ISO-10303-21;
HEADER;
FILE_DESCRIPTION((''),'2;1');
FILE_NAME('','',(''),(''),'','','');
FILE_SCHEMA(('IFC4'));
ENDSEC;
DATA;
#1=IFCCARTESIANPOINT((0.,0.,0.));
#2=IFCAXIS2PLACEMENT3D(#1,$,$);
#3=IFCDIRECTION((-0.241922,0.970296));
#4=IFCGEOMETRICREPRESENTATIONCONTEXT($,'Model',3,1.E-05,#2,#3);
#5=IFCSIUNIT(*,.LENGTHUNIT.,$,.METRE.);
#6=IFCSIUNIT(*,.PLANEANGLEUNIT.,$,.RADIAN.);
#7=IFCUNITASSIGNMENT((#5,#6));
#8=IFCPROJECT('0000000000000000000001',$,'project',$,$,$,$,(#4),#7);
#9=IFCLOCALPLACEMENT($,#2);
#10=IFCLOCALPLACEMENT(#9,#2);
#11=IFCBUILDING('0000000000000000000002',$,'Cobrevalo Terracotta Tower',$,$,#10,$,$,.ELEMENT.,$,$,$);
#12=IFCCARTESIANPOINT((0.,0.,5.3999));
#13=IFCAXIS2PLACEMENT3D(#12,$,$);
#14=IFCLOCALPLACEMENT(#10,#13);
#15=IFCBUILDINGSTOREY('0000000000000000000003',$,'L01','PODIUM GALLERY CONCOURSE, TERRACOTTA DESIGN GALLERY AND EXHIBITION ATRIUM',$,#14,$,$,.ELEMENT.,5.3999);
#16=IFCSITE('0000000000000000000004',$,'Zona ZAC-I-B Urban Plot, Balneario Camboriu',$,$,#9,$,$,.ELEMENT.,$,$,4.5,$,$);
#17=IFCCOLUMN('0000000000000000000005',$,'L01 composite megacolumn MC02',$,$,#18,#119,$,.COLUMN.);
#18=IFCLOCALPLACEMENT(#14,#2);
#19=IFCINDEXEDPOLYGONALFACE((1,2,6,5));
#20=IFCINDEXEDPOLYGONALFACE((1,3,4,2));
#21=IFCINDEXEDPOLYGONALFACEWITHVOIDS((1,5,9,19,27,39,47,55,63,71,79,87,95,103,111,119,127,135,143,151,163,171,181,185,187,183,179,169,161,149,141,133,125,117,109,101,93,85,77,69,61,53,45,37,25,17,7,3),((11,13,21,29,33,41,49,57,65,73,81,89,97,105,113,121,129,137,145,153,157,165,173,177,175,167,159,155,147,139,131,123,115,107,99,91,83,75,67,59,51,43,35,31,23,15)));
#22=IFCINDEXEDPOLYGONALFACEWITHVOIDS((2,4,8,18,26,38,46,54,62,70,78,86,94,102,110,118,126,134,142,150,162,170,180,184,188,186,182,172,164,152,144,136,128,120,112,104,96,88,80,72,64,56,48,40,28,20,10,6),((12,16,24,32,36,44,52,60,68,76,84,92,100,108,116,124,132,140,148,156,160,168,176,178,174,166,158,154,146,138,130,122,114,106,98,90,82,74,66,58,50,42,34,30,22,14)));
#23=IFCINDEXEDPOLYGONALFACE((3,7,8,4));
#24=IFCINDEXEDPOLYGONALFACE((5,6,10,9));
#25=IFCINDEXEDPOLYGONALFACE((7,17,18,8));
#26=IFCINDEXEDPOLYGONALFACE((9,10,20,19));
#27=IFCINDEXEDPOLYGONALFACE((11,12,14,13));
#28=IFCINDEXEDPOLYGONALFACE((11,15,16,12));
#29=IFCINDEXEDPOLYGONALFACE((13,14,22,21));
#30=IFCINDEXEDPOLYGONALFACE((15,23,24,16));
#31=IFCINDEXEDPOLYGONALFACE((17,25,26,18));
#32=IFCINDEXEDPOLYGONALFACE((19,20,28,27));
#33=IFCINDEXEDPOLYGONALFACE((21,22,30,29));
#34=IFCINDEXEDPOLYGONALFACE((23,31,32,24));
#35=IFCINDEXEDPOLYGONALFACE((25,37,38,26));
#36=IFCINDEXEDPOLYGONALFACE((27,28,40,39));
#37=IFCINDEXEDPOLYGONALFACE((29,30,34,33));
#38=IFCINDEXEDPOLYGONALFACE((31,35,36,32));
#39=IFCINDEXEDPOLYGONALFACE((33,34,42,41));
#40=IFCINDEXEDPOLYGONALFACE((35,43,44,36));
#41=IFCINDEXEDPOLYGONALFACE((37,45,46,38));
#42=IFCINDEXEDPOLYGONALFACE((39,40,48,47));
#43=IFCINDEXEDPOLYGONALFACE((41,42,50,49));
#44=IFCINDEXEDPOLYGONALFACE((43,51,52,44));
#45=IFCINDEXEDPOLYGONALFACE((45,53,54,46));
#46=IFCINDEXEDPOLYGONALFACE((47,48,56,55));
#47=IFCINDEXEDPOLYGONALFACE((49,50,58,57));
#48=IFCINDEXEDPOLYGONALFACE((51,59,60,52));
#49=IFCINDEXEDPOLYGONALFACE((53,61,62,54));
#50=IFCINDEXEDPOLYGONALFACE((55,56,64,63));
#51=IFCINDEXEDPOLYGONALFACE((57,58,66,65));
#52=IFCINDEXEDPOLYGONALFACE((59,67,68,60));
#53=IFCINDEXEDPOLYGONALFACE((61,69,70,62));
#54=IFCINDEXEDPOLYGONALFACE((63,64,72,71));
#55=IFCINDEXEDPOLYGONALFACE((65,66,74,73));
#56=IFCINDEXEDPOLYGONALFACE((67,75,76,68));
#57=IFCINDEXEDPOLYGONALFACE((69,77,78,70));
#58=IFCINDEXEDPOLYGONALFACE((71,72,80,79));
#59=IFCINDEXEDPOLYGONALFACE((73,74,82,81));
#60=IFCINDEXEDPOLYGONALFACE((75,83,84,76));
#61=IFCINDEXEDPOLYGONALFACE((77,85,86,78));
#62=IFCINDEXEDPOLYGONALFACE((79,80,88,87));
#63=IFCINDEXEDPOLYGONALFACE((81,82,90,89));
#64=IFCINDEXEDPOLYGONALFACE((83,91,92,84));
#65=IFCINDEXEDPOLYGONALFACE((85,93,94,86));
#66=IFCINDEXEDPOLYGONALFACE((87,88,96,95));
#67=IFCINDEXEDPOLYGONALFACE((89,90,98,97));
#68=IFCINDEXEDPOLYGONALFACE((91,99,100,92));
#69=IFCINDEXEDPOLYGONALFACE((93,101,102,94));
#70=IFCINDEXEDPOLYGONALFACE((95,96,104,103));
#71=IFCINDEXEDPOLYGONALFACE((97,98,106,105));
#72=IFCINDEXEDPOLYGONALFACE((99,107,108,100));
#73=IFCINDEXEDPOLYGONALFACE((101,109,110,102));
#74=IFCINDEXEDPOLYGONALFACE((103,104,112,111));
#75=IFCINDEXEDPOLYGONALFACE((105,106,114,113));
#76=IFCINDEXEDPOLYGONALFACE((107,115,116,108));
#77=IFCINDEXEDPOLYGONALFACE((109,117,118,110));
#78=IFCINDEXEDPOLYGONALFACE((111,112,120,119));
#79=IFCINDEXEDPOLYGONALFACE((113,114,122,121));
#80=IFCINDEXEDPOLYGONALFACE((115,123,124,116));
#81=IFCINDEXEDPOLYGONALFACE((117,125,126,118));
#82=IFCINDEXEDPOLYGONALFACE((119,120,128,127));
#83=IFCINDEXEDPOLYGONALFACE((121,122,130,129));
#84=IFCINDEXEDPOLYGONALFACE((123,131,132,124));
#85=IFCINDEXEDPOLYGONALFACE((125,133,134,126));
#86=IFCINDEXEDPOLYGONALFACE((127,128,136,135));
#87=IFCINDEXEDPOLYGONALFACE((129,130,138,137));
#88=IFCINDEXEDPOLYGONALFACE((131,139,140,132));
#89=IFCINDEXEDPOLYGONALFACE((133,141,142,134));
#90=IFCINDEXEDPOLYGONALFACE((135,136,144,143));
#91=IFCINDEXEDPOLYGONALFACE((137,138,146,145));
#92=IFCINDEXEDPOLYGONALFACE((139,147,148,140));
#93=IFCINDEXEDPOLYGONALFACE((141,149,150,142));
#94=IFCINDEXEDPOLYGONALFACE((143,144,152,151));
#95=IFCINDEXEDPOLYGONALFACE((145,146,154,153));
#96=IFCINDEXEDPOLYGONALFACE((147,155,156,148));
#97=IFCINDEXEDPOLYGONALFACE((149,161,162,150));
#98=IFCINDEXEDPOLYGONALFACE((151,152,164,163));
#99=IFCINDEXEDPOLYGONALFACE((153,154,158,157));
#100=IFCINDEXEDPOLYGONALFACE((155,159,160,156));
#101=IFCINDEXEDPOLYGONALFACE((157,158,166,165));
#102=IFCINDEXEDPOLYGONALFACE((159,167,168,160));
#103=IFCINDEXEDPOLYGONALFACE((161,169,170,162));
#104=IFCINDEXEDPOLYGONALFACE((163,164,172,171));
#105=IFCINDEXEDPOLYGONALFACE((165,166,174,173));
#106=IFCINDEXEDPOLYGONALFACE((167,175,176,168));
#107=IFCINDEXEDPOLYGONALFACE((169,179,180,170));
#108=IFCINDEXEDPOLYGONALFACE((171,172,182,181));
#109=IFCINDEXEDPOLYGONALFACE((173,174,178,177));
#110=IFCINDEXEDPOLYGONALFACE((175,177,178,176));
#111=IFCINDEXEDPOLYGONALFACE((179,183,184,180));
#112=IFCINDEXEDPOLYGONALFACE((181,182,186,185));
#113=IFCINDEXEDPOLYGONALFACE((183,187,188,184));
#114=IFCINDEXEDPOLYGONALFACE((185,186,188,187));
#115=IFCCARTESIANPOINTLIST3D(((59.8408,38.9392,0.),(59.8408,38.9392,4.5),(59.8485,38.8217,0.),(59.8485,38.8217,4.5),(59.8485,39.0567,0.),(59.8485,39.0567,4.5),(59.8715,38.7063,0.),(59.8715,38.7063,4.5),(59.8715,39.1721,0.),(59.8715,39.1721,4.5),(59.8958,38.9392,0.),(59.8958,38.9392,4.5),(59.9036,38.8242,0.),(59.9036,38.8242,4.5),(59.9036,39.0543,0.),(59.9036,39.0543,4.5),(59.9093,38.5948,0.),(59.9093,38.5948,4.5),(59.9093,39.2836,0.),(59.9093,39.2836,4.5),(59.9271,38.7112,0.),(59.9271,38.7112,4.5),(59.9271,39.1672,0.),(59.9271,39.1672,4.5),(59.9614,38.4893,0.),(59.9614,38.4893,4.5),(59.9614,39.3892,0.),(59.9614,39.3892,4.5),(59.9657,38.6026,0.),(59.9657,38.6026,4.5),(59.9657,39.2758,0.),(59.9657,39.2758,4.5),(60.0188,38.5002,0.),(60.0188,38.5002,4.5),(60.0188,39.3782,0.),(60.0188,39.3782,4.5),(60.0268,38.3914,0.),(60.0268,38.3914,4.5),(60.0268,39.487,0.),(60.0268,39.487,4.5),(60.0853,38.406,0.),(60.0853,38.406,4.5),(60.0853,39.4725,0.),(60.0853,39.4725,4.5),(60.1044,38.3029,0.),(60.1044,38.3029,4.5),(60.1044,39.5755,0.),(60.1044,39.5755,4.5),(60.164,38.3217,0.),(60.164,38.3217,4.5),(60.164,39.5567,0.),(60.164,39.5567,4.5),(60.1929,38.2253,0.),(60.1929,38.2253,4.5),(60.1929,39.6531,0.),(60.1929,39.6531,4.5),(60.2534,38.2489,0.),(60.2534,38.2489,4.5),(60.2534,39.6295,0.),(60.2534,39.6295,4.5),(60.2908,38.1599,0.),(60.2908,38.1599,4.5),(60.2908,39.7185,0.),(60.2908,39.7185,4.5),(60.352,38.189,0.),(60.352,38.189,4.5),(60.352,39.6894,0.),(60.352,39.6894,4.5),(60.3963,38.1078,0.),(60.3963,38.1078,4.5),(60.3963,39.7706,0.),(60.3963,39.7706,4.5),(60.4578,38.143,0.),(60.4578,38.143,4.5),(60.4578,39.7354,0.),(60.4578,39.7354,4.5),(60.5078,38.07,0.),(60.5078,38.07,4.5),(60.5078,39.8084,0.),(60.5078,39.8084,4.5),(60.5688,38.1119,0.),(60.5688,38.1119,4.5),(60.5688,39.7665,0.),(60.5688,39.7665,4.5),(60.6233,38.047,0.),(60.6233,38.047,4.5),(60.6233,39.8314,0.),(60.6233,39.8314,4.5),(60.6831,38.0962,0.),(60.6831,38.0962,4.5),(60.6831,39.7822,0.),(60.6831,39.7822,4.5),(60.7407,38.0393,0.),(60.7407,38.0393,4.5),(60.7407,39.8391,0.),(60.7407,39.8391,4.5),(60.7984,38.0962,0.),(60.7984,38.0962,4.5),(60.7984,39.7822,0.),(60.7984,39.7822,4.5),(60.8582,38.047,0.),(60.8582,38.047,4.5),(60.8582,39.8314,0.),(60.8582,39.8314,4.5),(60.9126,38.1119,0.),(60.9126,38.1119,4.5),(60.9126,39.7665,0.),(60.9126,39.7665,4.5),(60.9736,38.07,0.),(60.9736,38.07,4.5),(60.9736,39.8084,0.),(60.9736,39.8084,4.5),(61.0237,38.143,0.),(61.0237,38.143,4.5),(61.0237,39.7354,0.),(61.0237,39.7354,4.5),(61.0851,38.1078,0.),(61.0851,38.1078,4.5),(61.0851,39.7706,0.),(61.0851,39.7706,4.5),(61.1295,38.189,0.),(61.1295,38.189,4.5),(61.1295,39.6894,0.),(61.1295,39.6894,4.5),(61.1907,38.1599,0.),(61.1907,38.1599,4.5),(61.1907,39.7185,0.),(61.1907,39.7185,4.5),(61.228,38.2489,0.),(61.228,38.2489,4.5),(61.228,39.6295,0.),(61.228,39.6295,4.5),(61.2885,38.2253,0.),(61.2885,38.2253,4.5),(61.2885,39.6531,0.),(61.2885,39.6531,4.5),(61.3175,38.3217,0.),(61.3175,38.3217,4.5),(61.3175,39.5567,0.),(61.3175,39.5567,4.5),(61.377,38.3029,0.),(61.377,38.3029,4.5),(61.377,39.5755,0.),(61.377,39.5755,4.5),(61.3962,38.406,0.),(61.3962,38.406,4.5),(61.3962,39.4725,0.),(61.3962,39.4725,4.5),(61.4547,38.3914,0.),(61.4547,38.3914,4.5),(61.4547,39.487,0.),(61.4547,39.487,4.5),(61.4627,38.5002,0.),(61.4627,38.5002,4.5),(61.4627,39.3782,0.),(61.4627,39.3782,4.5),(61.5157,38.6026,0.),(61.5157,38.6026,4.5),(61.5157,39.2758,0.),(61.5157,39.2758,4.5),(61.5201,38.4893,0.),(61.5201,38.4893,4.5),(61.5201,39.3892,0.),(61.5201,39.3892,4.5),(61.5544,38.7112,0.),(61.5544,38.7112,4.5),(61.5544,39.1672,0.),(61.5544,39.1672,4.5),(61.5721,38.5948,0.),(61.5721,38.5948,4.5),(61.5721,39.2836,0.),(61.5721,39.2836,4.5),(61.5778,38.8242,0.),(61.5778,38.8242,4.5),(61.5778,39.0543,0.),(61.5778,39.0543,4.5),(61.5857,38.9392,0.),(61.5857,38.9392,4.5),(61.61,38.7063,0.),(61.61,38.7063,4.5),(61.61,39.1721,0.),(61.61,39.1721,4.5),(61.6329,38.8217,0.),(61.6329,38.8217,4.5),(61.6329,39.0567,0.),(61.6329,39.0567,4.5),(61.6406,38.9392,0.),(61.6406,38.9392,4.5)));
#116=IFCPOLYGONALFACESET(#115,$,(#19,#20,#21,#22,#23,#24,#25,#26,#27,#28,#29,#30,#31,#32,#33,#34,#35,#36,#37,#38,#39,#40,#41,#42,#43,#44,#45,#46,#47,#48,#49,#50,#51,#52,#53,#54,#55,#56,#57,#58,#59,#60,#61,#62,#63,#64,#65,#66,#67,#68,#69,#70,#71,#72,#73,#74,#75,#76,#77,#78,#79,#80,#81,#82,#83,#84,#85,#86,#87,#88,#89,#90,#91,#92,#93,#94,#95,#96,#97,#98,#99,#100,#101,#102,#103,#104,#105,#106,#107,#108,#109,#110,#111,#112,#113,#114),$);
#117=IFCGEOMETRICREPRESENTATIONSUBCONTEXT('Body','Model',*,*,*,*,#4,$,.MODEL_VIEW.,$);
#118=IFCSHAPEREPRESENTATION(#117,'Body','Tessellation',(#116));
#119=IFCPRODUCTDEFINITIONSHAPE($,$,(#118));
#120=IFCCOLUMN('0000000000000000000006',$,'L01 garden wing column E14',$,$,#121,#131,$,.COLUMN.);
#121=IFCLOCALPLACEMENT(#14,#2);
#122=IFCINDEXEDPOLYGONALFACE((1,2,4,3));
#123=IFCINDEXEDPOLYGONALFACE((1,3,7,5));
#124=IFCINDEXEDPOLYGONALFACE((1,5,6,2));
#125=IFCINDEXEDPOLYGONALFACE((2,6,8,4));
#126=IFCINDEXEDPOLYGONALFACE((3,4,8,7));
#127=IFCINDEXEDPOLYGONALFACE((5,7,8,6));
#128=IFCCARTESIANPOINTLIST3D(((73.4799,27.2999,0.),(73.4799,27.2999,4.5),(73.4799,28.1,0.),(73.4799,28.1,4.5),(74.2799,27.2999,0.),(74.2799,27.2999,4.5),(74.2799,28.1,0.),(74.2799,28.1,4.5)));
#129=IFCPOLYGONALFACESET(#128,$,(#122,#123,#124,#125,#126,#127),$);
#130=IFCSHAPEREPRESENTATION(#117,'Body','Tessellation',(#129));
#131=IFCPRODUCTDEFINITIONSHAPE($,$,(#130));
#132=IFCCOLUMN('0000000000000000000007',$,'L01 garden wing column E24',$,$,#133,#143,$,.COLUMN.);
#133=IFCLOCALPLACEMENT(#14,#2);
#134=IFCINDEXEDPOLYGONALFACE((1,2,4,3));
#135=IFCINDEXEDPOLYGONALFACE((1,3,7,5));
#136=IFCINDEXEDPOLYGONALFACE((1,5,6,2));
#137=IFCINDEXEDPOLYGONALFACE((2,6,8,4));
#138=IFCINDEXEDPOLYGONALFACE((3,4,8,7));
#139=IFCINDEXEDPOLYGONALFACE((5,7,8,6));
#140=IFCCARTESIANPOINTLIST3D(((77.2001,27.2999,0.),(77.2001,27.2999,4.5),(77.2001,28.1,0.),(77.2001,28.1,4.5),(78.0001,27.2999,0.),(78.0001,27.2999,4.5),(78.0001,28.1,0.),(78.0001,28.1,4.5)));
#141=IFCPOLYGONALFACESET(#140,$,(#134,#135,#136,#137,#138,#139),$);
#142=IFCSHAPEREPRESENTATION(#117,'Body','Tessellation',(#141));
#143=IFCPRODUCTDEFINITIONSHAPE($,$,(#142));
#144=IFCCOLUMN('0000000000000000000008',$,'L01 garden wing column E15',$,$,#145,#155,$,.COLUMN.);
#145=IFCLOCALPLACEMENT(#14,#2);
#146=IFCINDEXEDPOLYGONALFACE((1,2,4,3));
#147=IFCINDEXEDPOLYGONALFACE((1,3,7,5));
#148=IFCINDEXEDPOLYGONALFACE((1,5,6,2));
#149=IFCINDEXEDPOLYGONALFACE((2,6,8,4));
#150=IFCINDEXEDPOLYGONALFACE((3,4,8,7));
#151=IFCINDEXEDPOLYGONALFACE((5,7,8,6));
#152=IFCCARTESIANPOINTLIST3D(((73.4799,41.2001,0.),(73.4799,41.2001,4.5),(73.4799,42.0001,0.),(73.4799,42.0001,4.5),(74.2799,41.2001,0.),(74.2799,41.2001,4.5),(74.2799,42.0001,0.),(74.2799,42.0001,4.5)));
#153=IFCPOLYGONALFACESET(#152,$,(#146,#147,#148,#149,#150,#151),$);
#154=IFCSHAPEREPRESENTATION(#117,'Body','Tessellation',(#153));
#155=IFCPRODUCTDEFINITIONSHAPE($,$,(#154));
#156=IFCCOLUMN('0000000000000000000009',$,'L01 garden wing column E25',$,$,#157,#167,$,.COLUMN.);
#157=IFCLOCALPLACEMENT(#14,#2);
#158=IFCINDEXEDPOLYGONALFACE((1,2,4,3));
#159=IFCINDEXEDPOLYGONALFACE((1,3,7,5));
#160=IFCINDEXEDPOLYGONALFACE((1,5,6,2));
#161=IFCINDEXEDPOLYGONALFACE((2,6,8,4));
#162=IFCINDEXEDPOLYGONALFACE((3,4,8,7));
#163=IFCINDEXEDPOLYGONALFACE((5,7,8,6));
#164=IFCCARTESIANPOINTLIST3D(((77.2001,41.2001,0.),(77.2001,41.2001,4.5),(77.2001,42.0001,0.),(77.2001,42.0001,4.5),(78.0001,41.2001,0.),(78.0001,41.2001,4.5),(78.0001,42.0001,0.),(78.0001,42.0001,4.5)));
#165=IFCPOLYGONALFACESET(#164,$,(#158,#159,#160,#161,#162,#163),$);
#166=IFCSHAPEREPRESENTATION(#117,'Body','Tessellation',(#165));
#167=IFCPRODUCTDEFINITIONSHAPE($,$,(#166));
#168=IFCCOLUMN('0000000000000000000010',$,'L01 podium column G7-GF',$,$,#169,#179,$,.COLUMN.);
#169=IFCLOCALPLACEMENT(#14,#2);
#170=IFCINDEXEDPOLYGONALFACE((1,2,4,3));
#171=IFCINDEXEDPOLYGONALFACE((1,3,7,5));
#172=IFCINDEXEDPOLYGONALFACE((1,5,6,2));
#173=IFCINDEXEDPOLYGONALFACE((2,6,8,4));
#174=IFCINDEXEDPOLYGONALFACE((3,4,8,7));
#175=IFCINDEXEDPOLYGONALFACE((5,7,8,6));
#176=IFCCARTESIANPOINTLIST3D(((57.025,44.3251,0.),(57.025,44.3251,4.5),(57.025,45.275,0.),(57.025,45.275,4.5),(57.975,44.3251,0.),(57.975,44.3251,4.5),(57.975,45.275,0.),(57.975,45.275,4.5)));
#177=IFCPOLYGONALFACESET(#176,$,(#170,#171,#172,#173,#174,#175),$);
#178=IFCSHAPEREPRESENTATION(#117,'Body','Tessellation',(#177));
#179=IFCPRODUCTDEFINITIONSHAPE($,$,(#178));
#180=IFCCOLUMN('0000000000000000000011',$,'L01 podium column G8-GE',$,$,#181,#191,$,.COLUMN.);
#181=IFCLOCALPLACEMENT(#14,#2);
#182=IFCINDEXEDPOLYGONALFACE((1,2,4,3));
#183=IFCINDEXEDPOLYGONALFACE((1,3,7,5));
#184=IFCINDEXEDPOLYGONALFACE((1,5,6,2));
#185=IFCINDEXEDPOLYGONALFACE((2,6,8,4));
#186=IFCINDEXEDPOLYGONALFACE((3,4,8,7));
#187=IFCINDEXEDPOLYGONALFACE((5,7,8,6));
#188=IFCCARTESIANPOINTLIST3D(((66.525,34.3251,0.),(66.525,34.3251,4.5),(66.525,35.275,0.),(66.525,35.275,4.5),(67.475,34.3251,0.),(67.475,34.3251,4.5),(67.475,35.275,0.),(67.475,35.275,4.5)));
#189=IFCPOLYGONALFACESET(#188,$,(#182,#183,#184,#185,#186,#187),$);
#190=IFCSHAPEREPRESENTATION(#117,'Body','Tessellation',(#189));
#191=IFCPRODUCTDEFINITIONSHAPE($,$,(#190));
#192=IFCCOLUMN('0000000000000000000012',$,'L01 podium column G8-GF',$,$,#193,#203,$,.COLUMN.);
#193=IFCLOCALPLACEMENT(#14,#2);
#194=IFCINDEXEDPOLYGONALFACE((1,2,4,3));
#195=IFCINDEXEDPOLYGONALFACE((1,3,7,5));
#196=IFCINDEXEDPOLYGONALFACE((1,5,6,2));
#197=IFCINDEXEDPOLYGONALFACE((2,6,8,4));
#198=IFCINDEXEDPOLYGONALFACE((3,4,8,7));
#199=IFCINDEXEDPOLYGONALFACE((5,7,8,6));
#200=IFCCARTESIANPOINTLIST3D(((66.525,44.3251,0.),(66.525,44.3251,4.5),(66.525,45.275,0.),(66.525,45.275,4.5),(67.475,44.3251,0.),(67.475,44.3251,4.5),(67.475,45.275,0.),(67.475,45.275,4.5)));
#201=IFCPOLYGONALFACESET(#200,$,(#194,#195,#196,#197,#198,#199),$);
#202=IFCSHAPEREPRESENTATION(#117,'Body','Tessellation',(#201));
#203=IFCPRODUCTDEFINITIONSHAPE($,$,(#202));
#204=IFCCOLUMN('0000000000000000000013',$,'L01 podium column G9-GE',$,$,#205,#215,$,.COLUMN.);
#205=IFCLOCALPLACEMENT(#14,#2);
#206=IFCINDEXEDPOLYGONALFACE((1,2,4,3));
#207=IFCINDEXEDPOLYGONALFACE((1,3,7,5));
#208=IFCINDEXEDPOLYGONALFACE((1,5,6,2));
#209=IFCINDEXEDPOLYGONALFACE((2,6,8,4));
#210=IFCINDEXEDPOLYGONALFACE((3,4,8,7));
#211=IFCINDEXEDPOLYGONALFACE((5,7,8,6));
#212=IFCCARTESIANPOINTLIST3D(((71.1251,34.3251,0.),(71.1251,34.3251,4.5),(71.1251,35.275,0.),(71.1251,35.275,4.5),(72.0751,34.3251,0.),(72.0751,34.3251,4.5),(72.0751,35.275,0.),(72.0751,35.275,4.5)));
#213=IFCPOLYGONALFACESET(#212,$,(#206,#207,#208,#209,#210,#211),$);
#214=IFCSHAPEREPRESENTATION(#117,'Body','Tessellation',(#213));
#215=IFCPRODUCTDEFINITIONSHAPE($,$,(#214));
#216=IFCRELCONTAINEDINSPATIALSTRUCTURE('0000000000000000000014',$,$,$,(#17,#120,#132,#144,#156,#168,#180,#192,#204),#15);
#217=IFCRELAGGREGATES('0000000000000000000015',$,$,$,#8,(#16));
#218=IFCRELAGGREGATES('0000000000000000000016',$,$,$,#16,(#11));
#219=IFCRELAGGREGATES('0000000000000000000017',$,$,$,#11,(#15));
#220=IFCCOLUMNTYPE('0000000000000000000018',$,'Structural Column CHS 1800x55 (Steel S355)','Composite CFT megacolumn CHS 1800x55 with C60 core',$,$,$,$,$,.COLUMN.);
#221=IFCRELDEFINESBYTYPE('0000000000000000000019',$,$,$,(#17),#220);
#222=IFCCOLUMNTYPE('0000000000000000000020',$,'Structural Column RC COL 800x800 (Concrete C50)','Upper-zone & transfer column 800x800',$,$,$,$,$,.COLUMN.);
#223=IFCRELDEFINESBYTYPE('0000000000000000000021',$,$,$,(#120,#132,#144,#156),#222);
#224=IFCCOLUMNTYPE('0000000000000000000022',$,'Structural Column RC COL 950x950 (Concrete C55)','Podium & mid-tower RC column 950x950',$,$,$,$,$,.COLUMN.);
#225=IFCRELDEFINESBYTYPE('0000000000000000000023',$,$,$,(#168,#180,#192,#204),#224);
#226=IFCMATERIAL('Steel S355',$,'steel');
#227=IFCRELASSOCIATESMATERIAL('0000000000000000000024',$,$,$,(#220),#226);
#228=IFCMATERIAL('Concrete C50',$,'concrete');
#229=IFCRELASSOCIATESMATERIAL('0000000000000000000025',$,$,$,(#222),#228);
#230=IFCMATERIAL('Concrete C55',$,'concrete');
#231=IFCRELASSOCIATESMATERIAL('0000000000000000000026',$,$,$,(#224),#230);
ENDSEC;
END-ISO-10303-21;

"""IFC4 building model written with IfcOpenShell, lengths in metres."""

from ifc_helpers import new_model, si_unit, direction, frame, origin, origin_2d, place, context, subcontext, project, spatial, rectangle, hollow_circle, extrude, material, material_profile, profile_set, type_object, element, save


model = new_model("IFC4")

# Units and contexts
model_context = context("Model", 3, precision=1e-05, world=origin(), true_north=direction((-0.241922, 0.970296)))
body_context = subcontext(model_context, "Body", "Model", "MODEL_VIEW")
ifc_project = project(units=[si_unit("LENGTHUNIT", "METRE"), si_unit("PLANEANGLEUNIT", "RADIAN")], contexts=[model_context])

# Site, building, storey
site_placement = place(None, origin())
site = spatial("IfcSite", under=ifc_project, at=site_placement, Name="Zona ZAC-I-B Urban Plot, Balneario Camboriu", CompositionType="ELEMENT", RefElevation=4.5)
building_placement = place(site_placement, origin())
building = spatial("IfcBuilding", under=site, at=building_placement, Name="Cobrevalo Terracotta Tower", CompositionType="ELEMENT")
storey_placement = place(building_placement, frame((0.0, 0.0, 5.3999)))
storey = spatial("IfcBuildingStorey", under=building, at=storey_placement, Name="L01", Description="PODIUM GALLERY CONCOURSE, TERRACOTTA DESIGN GALLERY AND EXHIBITION ATRIUM", CompositionType="ELEMENT", Elevation=5.3999)

# Columns
ifc_material_1 = material(Name="Steel S355", Category="steel")
ifc_material_profile_1 = material_profile(ifc_material_1, hollow_circle(Radius=0.8999, WallThickness=0.0549, at=origin_2d()), Name="CHS 1800x55")
ifc_profile_set_1 = profile_set([ifc_material_profile_1], Name="Steel S355")
column_type_1 = type_object("IfcColumnType", Name="Structural Column CHS 1800x55 (Steel S355)", Description="Composite CFT megacolumn CHS 1800x55 with C60 core", PredefinedType="COLUMN", material=ifc_profile_set_1)
for number, where, z_axis, x_axis, name in (
    (1, (60.7407, 38.9392, 0.0), (0.0, 0.0, 1.0), (1.0, 0.0, 0.0), "L01 composite megacolumn MC02"),
):
    element("IfcColumn", number, at=place(storey_placement, frame(where, z_axis=z_axis, x_axis=x_axis)), inside=storey, type_object=column_type_1, Name=name, PredefinedType="COLUMN", context=body_context, shape_type="SweptSolid", body=[
        extrude(hollow_circle(Radius=0.8999, WallThickness=0.0549, at=origin_2d()), origin(), (0.0, 0.0, 1.0), 4.5),
    ])
ifc_material_2 = material(Name="Concrete C50", Category="concrete")
ifc_material_profile_2 = material_profile(ifc_material_2, rectangle(XDim=0.8, YDim=0.8, at=origin_2d()), Name="RC COL 800x800")
ifc_profile_set_2 = profile_set([ifc_material_profile_2], Name="Concrete C50")
column_type_2 = type_object("IfcColumnType", Name="Structural Column RC COL 800x800 (Concrete C50)", Description="Upper-zone & transfer column 800x800", PredefinedType="COLUMN", material=ifc_profile_set_2)
for number, where, z_axis, x_axis, name in (
    (2, (73.8799, 27.7, 0.0), (0.0, 0.0, 1.0), (1.0, 0.0, 0.0), "L01 garden wing column E14"),
    (3, (77.6001, 27.7, 0.0), (0.0, 0.0, 1.0), (1.0, 0.0, 0.0), "L01 garden wing column E24"),
    (4, (73.8799, 41.6001, 0.0), (0.0, 0.0, 1.0), (1.0, 0.0, 0.0), "L01 garden wing column E15"),
    (5, (77.6001, 41.6001, 0.0), (0.0, 0.0, 1.0), (1.0, 0.0, 0.0), "L01 garden wing column E25"),
):
    element("IfcColumn", number, at=place(storey_placement, frame(where, z_axis=z_axis, x_axis=x_axis)), inside=storey, type_object=column_type_2, Name=name, PredefinedType="COLUMN", context=body_context, shape_type="SweptSolid", body=[
        extrude(rectangle(XDim=0.8, YDim=0.8, at=origin_2d()), origin(), (0.0, 0.0, 1.0), 4.5),
    ])
ifc_material_3 = material(Name="Concrete C55", Category="concrete")
ifc_material_profile_3 = material_profile(ifc_material_3, rectangle(XDim=0.95, YDim=0.95, at=origin_2d()), Name="RC COL 950x950")
ifc_profile_set_3 = profile_set([ifc_material_profile_3], Name="Concrete C55")
column_type_3 = type_object("IfcColumnType", Name="Structural Column RC COL 950x950 (Concrete C55)", Description="Podium & mid-tower RC column 950x950", PredefinedType="COLUMN", material=ifc_profile_set_3)
for number, where, z_axis, x_axis, name in (
    (6, (57.5, 44.8, 0.0), (0.0, 0.0, 1.0), (1.0, 0.0, 0.0), "L01 podium column G7-GF"),
    (7, (67.0, 34.8, 0.0), (0.0, 0.0, 1.0), (1.0, 0.0, 0.0), "L01 podium column G8-GE"),
    (8, (67.0, 44.8, 0.0), (0.0, 0.0, 1.0), (1.0, 0.0, 0.0), "L01 podium column G8-GF"),
    (9, (71.6001, 34.8, 0.0), (0.0, 0.0, 1.0), (1.0, 0.0, 0.0), "L01 podium column G9-GE"),
):
    element("IfcColumn", number, at=place(storey_placement, frame(where, z_axis=z_axis, x_axis=x_axis)), inside=storey, type_object=column_type_3, Name=name, PredefinedType="COLUMN", context=body_context, shape_type="SweptSolid", body=[
        extrude(rectangle(XDim=0.95, YDim=0.95, at=origin_2d()), origin(), (0.0, 0.0, 1.0), 4.5),
    ])

save(model, "model.ifc")
